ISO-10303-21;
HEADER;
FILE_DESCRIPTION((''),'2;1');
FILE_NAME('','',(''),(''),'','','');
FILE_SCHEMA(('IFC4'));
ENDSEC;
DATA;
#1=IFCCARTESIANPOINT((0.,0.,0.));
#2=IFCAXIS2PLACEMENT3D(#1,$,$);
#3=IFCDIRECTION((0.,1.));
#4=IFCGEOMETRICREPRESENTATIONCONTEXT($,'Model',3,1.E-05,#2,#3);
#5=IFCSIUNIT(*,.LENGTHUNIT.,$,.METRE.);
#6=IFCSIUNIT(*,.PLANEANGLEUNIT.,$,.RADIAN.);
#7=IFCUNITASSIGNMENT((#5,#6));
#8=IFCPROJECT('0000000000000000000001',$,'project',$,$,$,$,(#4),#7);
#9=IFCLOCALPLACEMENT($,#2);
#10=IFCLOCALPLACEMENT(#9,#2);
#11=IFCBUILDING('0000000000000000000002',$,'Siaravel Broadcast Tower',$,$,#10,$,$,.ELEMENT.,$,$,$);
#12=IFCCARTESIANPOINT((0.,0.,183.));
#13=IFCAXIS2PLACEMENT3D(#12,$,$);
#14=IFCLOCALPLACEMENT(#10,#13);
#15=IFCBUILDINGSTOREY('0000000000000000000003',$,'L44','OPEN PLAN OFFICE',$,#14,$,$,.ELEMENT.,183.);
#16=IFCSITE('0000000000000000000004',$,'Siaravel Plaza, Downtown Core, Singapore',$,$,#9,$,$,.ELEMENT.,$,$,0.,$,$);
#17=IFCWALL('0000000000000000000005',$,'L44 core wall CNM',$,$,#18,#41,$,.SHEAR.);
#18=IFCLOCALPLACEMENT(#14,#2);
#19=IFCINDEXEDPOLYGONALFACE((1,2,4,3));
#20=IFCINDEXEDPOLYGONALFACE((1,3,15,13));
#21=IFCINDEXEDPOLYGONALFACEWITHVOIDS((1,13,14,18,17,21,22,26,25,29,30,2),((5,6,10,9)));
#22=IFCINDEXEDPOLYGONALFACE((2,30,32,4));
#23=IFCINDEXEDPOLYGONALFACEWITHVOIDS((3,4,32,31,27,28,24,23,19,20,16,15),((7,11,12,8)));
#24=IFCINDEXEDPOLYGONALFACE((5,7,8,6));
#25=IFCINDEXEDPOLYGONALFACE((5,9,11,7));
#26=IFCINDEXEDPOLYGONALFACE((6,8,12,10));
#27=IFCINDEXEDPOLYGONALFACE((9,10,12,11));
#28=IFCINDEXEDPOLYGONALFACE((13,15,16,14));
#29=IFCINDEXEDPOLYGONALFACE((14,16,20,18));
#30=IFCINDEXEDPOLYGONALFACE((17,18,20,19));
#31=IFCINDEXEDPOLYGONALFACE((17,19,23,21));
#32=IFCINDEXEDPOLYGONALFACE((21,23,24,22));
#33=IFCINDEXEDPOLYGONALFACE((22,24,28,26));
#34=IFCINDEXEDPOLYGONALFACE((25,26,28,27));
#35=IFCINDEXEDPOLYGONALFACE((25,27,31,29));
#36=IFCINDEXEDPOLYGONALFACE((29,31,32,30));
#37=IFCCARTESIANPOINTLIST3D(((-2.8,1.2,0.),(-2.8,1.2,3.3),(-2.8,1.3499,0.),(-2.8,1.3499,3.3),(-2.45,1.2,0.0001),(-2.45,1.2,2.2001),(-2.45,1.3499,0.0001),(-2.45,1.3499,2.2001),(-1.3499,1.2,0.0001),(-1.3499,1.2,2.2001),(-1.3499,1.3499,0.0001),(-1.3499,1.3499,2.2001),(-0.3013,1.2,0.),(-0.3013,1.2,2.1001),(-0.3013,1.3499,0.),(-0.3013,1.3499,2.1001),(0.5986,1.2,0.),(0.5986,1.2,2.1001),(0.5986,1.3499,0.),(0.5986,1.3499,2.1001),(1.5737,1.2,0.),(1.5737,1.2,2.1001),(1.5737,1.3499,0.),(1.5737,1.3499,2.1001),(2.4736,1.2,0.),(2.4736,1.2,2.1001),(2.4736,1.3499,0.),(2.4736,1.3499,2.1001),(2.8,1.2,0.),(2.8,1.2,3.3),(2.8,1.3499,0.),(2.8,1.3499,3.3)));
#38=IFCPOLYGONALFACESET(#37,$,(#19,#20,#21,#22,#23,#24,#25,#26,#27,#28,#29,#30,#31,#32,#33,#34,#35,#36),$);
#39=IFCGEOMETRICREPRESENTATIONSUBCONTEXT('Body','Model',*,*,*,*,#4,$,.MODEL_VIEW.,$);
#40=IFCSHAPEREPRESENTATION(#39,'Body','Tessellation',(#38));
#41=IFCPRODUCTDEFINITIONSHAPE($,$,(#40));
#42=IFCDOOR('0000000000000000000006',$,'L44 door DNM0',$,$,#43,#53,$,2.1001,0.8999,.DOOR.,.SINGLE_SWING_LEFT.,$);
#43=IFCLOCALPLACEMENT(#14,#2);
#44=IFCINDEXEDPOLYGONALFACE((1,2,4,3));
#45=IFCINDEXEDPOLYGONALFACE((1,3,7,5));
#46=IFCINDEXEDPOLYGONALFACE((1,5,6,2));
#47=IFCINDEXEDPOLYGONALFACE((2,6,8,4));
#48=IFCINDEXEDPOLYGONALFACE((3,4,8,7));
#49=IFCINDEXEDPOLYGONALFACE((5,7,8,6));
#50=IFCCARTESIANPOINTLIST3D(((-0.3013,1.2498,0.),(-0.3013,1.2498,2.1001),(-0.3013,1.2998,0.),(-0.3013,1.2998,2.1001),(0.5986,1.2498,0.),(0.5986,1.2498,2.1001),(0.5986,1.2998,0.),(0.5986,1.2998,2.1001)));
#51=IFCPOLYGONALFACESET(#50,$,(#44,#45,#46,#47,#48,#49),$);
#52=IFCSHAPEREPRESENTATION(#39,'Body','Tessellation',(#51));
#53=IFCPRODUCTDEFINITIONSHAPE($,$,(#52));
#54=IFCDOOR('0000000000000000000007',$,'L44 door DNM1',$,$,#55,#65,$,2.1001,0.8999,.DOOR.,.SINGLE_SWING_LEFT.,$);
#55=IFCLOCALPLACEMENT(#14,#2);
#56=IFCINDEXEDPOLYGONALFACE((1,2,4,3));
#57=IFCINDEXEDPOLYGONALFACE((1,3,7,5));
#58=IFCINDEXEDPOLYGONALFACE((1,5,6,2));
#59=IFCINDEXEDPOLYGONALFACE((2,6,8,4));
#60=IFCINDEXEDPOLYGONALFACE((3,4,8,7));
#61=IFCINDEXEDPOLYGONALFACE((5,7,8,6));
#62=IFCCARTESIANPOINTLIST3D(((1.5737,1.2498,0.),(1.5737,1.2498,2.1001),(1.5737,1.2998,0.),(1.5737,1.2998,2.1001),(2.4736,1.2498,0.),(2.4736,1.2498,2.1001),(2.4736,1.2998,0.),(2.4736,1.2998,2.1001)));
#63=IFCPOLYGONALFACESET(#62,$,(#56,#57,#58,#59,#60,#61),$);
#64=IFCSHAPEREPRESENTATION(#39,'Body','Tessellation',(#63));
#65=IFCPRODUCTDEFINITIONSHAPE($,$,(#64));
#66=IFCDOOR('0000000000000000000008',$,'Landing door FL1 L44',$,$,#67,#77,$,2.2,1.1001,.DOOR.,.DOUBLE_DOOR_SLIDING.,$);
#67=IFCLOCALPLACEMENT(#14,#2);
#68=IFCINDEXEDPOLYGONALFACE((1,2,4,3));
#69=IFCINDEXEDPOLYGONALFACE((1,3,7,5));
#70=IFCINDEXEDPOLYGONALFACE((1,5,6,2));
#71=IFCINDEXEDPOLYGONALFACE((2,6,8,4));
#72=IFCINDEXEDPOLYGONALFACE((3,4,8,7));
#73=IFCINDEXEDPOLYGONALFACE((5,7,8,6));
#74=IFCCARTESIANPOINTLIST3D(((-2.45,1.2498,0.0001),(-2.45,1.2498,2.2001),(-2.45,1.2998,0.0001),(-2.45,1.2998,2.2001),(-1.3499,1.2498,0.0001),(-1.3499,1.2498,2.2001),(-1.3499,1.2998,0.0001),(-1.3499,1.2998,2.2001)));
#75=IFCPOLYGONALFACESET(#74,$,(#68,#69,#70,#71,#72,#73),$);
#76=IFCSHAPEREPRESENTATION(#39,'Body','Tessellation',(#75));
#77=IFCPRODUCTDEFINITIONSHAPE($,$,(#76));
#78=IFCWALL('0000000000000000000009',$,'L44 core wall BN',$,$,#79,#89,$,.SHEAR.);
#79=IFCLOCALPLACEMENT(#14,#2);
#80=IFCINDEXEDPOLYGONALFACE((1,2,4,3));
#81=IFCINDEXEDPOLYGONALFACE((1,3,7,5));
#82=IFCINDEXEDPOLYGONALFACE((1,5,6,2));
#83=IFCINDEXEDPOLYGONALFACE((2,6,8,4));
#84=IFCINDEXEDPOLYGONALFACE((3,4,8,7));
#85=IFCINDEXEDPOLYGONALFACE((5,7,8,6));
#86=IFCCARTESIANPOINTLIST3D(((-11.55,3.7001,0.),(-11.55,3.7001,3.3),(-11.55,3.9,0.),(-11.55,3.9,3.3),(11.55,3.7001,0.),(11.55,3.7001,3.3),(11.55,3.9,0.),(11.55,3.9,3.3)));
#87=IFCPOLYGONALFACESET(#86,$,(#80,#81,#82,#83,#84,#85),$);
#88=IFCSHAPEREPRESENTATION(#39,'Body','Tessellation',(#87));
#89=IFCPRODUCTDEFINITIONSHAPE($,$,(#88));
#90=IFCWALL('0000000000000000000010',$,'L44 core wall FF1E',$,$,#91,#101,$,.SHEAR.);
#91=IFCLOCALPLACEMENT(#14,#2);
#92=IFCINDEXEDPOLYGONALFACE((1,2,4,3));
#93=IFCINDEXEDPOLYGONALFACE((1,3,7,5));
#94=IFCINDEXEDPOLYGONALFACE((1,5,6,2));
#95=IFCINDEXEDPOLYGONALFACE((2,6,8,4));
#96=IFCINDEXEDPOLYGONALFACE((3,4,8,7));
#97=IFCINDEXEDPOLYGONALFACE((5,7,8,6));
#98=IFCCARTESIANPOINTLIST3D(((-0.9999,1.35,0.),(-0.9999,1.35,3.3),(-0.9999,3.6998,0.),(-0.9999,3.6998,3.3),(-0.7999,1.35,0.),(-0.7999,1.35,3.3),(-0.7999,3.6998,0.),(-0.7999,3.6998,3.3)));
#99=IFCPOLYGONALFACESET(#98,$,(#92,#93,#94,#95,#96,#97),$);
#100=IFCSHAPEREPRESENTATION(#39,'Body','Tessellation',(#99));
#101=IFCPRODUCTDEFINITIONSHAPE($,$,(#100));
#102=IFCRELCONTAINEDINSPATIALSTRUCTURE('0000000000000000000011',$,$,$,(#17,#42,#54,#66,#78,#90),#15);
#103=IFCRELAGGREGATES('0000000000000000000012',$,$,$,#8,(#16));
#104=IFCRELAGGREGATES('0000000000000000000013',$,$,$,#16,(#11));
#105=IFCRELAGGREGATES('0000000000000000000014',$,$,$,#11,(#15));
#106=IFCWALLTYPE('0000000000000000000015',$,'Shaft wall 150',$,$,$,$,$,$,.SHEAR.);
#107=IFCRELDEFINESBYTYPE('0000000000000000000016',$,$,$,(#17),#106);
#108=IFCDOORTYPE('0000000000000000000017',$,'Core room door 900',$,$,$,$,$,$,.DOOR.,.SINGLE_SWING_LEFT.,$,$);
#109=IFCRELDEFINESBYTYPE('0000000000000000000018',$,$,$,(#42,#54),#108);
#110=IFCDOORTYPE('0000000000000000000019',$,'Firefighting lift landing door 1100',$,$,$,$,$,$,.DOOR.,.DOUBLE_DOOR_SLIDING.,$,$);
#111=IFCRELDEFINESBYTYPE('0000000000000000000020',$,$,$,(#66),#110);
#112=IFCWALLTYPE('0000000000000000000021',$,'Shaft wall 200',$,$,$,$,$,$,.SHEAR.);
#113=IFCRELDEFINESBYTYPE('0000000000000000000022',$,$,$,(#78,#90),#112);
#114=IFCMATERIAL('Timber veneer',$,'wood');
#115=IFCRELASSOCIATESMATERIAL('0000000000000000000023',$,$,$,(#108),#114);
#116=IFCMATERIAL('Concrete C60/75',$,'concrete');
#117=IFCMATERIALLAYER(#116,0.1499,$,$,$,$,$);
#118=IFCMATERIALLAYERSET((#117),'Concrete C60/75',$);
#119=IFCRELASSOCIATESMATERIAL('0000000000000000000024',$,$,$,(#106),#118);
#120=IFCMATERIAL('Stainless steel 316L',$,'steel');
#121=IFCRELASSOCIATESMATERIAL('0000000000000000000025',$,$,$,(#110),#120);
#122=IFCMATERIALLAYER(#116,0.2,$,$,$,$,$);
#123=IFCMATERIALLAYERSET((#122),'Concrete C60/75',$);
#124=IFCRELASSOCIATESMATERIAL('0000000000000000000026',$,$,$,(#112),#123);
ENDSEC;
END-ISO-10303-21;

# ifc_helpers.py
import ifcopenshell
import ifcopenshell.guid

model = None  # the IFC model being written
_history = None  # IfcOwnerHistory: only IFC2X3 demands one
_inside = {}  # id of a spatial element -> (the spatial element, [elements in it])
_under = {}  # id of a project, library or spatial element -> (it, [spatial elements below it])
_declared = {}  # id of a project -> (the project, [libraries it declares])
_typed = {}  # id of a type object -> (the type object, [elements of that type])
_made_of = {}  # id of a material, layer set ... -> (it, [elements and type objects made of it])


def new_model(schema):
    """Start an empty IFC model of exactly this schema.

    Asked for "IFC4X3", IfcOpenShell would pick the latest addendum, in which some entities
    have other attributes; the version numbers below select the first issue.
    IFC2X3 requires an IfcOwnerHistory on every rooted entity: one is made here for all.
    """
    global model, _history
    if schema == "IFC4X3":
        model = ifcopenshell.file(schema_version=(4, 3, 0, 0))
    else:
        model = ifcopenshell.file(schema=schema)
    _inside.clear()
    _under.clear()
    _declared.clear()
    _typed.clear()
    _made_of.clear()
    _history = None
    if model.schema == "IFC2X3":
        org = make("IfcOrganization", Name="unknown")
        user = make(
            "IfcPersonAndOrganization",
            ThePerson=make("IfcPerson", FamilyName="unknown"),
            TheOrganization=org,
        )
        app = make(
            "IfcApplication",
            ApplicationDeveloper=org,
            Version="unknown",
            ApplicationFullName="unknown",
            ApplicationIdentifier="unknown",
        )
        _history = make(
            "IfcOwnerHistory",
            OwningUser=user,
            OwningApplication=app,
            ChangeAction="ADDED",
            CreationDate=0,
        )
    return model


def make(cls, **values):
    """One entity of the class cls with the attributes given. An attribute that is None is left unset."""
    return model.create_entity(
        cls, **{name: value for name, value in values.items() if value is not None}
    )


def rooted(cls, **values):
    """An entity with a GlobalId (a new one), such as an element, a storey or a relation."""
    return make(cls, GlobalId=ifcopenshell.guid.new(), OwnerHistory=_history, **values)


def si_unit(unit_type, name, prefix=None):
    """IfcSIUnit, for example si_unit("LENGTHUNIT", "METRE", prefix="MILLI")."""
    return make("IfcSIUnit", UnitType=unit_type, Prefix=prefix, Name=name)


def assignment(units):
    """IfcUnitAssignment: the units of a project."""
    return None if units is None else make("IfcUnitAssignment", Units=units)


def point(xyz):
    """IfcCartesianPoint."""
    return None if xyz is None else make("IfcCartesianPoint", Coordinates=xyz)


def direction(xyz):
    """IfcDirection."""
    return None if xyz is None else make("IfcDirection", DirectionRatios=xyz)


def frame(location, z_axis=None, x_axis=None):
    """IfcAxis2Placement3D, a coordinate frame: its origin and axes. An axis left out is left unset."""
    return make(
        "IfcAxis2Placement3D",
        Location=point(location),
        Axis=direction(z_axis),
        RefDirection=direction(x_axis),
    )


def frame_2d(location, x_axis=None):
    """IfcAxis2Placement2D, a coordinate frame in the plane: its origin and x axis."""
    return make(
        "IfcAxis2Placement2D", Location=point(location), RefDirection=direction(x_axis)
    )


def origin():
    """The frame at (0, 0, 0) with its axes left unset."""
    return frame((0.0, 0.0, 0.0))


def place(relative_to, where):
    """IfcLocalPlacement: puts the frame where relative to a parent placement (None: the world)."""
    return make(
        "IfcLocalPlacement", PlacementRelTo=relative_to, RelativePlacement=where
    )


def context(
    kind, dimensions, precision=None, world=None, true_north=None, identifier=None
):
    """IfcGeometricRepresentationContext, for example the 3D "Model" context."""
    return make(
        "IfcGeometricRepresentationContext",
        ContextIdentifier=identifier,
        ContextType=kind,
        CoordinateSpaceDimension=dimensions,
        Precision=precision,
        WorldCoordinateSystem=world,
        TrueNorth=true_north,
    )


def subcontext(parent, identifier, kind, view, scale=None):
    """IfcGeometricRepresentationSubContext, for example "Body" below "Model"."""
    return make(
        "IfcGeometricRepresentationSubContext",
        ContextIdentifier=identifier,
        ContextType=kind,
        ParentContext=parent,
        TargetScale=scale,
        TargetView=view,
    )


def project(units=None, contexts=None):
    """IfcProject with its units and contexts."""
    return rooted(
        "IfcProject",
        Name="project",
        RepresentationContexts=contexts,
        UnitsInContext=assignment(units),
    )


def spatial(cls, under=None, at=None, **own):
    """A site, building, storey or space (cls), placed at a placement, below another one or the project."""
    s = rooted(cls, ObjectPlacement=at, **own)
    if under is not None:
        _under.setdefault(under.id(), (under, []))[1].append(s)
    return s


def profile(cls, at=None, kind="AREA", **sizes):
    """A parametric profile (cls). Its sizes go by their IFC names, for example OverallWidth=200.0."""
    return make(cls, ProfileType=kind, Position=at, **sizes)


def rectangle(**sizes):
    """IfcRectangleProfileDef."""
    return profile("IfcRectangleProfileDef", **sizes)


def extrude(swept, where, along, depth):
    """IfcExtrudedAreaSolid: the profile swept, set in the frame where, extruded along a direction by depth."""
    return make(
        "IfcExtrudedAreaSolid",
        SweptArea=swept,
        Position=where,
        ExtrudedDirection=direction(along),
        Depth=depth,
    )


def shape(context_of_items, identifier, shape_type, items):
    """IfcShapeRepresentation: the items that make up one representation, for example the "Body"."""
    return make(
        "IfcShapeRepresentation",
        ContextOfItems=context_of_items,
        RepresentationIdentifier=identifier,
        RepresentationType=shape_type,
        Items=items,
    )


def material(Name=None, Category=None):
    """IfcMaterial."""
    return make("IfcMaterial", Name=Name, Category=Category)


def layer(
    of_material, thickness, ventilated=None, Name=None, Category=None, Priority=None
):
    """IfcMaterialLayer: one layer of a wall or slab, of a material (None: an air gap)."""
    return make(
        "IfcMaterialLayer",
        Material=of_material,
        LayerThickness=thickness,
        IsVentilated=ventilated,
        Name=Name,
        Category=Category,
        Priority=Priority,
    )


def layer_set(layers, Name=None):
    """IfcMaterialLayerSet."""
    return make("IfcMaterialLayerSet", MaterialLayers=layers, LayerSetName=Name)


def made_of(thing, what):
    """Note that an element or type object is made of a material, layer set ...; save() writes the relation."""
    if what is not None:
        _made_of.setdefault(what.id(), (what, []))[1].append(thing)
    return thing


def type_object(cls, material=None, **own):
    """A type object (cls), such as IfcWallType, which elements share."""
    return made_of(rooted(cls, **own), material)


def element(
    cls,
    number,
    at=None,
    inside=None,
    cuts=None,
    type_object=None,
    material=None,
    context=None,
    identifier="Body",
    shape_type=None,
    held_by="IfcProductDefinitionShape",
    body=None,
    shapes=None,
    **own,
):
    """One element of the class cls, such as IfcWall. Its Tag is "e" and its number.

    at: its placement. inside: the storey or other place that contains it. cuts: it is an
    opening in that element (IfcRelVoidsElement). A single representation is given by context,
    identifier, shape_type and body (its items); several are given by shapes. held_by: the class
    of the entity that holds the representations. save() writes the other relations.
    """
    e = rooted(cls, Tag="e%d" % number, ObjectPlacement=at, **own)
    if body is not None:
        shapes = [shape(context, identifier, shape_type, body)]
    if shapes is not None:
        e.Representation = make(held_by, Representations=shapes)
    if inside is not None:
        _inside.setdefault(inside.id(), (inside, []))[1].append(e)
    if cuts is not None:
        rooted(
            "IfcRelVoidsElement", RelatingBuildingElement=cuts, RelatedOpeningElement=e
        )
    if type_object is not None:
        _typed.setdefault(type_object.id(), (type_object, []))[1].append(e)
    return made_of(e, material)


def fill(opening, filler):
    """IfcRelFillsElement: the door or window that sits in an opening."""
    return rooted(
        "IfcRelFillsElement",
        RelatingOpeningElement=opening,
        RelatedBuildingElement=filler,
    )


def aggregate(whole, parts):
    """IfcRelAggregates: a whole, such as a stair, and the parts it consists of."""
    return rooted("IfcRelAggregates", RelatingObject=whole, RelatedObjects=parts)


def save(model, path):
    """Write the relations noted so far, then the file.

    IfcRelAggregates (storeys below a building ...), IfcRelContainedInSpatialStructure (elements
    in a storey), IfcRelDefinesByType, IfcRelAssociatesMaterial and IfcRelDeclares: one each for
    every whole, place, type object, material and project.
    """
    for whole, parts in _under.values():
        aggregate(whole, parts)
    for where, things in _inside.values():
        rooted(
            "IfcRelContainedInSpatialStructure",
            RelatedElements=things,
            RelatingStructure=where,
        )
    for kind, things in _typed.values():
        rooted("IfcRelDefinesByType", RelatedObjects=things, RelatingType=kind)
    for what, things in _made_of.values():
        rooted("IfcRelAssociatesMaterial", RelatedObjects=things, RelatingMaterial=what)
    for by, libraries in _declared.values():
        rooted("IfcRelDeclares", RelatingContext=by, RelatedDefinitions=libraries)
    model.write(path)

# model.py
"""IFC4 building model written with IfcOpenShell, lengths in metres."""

from ifc_helpers import new_model, si_unit, direction, frame, frame_2d, origin, place, context, subcontext, project, spatial, rectangle, extrude, material, layer, layer_set, type_object, element, fill, save


model = new_model("IFC4")

# Units and contexts
model_context = context("Model", 3, precision=1e-05, world=origin(), true_north=direction((0.0, 1.0)))
body_context = subcontext(model_context, "Body", "Model", "MODEL_VIEW")
ifc_project = project(units=[si_unit("LENGTHUNIT", "METRE"), si_unit("PLANEANGLEUNIT", "RADIAN")], contexts=[model_context])

# Site, building, storey
site_placement = place(None, origin())
site = spatial("IfcSite", under=ifc_project, at=site_placement, Name="Siaravel Plaza, Downtown Core, Singapore", CompositionType="ELEMENT", RefElevation=0.0)
building_placement = place(site_placement, origin())
building = spatial("IfcBuilding", under=site, at=building_placement, Name="Siaravel Broadcast Tower", CompositionType="ELEMENT")
storey_placement = place(building_placement, frame((0.0, 0.0, 183.0)))
storey = spatial("IfcBuildingStorey", under=building, at=storey_placement, Name="L44", Description="OPEN PLAN OFFICE", CompositionType="ELEMENT", Elevation=183.0)

# Wall, openings, doors
ifc_material_1 = material(Name="Timber veneer", Category="wood")
door_type_1 = type_object("IfcDoorType", Name="Core room door 900", OperationType="SINGLE_SWING_LEFT", PredefinedType="DOOR", material=ifc_material_1)
ifc_material_2 = material(Name="Concrete C60/75", Category="concrete")
ifc_layer_1 = layer(ifc_material_2, 0.1499)
ifc_layer_set_1 = layer_set([ifc_layer_1], Name="Concrete C60/75")
wall_type_1 = type_object("IfcWallType", Name="Shaft wall 150", PredefinedType="SHEAR", material=ifc_layer_set_1)
ifc_material_3 = material(Name="Stainless steel 316L", Category="steel")
door_type_2 = type_object("IfcDoorType", Name="Firefighting lift landing door 1100", OperationType="DOUBLE_DOOR_SLIDING", PredefinedType="DOOR", material=ifc_material_3)
wall_1_placement = place(storey_placement, frame((-2.8, 1.2749, 0.0), z_axis=(0.0, 0.0, 1.0), x_axis=(1.0, 0.0, 0.0)))
wall_1 = element("IfcWall", 1, at=wall_1_placement, inside=storey, type_object=wall_type_1, Name="L44 core wall CNM", PredefinedType="SHEAR", context=body_context, shape_type="SweptSolid", body=[
    extrude(rectangle(XDim=5.6001, YDim=0.1499, at=frame_2d((2.8, 0.0))), origin(), (0.0, 0.0, 1.0), 3.3),
])
opening_1_placement = place(wall_1_placement, frame((0.3501, 0.0, 0.0)))
opening_1 = element("IfcOpeningElement", 2, at=opening_1_placement, cuts=wall_1, PredefinedType="OPENING", context=body_context, shape_type="SweptSolid", body=[
    extrude(rectangle(XDim=1.1001, YDim=2.2, at=frame_2d((0.55, 1.1001))), frame((0.0, 0.085, 0.0), z_axis=(0.0, -1.0, 0.0), x_axis=(1.0, 0.0, 0.0)), (0.0, 0.0, 1.0), 0.1699),
])
opening_2_placement = place(wall_1_placement, frame((2.4988, 0.0, 0.0)))
opening_2 = element("IfcOpeningElement", 3, at=opening_2_placement, cuts=wall_1, PredefinedType="OPENING", context=body_context, shape_type="SweptSolid", body=[
    extrude(rectangle(XDim=0.8999, YDim=2.1001, at=frame_2d((0.45, 1.05))), frame((0.0, 0.085, 0.0), z_axis=(0.0, -1.0, 0.0), x_axis=(1.0, 0.0, 0.0)), (0.0, 0.0, 1.0), 0.1699),
])
opening_3_placement = place(wall_1_placement, frame((4.3738, 0.0, 0.0)))
opening_3 = element("IfcOpeningElement", 4, at=opening_3_placement, cuts=wall_1, PredefinedType="OPENING", context=body_context, shape_type="SweptSolid", body=[
    extrude(rectangle(XDim=0.8999, YDim=2.1001, at=frame_2d((0.45, 1.05))), frame((0.0, 0.085, 0.0), z_axis=(0.0, -1.0, 0.0), x_axis=(1.0, 0.0, 0.0)), (0.0, 0.0, 1.0), 0.1699),
])
door_1_placement = place(opening_2_placement, origin())
door_1 = element("IfcDoor", 5, at=door_1_placement, inside=storey, type_object=door_type_1, Name="L44 door DNM0", OperationType="SINGLE_SWING_LEFT", OverallHeight=2.1001, OverallWidth=0.8999, PredefinedType="DOOR", context=body_context, shape_type="SweptSolid", body=[
    extrude(rectangle(XDim=0.8999, YDim=2.1001, at=frame_2d((0.45, 1.05))), frame((0.0, 0.0249, 0.0), z_axis=(0.0, -1.0, 0.0), x_axis=(1.0, 0.0, 0.0)), (0.0, 0.0, 1.0), 0.05),
])
fill(opening_2, door_1)
door_2_placement = place(opening_3_placement, origin())
door_2 = element("IfcDoor", 6, at=door_2_placement, inside=storey, type_object=door_type_1, Name="L44 door DNM1", OperationType="SINGLE_SWING_LEFT", OverallHeight=2.1001, OverallWidth=0.8999, PredefinedType="DOOR", context=body_context, shape_type="SweptSolid", body=[
    extrude(rectangle(XDim=0.8999, YDim=2.1001, at=frame_2d((0.45, 1.05))), frame((0.0, 0.0249, 0.0), z_axis=(0.0, -1.0, 0.0), x_axis=(1.0, 0.0, 0.0)), (0.0, 0.0, 1.0), 0.05),
])
fill(opening_3, door_2)
door_3_placement = place(opening_1_placement, origin())
door_3 = element("IfcDoor", 7, at=door_3_placement, inside=storey, type_object=door_type_2, Name="Landing door FL1 L44", OperationType="DOUBLE_DOOR_SLIDING", OverallHeight=2.2, OverallWidth=1.1001, PredefinedType="DOOR", context=body_context, shape_type="SweptSolid", body=[
    extrude(rectangle(XDim=1.1001, YDim=2.2, at=frame_2d((0.55, 1.1001))), frame((0.0, 0.0249, 0.0), z_axis=(0.0, -1.0, 0.0), x_axis=(1.0, 0.0, 0.0)), (0.0, 0.0, 1.0), 0.05),
])
fill(opening_1, door_3)

# Walls
ifc_layer_2 = layer(ifc_material_2, 0.2)
ifc_layer_set_2 = layer_set([ifc_layer_2], Name="Concrete C60/75")
wall_type_2 = type_object("IfcWallType", Name="Shaft wall 200", PredefinedType="SHEAR", material=ifc_layer_set_2)
wall_2_placement = place(storey_placement, frame((-11.55, 3.8, 0.0), z_axis=(0.0, 0.0, 1.0), x_axis=(1.0, 0.0, 0.0)))
element("IfcWall", 8, at=wall_2_placement, inside=storey, type_object=wall_type_2, Name="L44 core wall BN", PredefinedType="SHEAR", context=body_context, shape_type="SweptSolid", body=[
    extrude(rectangle(XDim=23.1001, YDim=0.2, at=frame_2d((11.55, 0.0))), origin(), (0.0, 0.0, 1.0), 3.3),
])
wall_3_placement = place(storey_placement, frame((-0.8999, 1.3501, 0.0), z_axis=(0.0, 0.0, 1.0), x_axis=(0.0, 1.0, 0.0)))
element("IfcWall", 9, at=wall_3_placement, inside=storey, type_object=wall_type_2, Name="L44 core wall FF1E", PredefinedType="SHEAR", context=body_context, shape_type="SweptSolid", body=[
    extrude(rectangle(XDim=2.3499, YDim=0.2, at=frame_2d((1.1748, 0.0))), origin(), (0.0, 0.0, 1.0), 3.3),
])

save(model, "model.ifc")
